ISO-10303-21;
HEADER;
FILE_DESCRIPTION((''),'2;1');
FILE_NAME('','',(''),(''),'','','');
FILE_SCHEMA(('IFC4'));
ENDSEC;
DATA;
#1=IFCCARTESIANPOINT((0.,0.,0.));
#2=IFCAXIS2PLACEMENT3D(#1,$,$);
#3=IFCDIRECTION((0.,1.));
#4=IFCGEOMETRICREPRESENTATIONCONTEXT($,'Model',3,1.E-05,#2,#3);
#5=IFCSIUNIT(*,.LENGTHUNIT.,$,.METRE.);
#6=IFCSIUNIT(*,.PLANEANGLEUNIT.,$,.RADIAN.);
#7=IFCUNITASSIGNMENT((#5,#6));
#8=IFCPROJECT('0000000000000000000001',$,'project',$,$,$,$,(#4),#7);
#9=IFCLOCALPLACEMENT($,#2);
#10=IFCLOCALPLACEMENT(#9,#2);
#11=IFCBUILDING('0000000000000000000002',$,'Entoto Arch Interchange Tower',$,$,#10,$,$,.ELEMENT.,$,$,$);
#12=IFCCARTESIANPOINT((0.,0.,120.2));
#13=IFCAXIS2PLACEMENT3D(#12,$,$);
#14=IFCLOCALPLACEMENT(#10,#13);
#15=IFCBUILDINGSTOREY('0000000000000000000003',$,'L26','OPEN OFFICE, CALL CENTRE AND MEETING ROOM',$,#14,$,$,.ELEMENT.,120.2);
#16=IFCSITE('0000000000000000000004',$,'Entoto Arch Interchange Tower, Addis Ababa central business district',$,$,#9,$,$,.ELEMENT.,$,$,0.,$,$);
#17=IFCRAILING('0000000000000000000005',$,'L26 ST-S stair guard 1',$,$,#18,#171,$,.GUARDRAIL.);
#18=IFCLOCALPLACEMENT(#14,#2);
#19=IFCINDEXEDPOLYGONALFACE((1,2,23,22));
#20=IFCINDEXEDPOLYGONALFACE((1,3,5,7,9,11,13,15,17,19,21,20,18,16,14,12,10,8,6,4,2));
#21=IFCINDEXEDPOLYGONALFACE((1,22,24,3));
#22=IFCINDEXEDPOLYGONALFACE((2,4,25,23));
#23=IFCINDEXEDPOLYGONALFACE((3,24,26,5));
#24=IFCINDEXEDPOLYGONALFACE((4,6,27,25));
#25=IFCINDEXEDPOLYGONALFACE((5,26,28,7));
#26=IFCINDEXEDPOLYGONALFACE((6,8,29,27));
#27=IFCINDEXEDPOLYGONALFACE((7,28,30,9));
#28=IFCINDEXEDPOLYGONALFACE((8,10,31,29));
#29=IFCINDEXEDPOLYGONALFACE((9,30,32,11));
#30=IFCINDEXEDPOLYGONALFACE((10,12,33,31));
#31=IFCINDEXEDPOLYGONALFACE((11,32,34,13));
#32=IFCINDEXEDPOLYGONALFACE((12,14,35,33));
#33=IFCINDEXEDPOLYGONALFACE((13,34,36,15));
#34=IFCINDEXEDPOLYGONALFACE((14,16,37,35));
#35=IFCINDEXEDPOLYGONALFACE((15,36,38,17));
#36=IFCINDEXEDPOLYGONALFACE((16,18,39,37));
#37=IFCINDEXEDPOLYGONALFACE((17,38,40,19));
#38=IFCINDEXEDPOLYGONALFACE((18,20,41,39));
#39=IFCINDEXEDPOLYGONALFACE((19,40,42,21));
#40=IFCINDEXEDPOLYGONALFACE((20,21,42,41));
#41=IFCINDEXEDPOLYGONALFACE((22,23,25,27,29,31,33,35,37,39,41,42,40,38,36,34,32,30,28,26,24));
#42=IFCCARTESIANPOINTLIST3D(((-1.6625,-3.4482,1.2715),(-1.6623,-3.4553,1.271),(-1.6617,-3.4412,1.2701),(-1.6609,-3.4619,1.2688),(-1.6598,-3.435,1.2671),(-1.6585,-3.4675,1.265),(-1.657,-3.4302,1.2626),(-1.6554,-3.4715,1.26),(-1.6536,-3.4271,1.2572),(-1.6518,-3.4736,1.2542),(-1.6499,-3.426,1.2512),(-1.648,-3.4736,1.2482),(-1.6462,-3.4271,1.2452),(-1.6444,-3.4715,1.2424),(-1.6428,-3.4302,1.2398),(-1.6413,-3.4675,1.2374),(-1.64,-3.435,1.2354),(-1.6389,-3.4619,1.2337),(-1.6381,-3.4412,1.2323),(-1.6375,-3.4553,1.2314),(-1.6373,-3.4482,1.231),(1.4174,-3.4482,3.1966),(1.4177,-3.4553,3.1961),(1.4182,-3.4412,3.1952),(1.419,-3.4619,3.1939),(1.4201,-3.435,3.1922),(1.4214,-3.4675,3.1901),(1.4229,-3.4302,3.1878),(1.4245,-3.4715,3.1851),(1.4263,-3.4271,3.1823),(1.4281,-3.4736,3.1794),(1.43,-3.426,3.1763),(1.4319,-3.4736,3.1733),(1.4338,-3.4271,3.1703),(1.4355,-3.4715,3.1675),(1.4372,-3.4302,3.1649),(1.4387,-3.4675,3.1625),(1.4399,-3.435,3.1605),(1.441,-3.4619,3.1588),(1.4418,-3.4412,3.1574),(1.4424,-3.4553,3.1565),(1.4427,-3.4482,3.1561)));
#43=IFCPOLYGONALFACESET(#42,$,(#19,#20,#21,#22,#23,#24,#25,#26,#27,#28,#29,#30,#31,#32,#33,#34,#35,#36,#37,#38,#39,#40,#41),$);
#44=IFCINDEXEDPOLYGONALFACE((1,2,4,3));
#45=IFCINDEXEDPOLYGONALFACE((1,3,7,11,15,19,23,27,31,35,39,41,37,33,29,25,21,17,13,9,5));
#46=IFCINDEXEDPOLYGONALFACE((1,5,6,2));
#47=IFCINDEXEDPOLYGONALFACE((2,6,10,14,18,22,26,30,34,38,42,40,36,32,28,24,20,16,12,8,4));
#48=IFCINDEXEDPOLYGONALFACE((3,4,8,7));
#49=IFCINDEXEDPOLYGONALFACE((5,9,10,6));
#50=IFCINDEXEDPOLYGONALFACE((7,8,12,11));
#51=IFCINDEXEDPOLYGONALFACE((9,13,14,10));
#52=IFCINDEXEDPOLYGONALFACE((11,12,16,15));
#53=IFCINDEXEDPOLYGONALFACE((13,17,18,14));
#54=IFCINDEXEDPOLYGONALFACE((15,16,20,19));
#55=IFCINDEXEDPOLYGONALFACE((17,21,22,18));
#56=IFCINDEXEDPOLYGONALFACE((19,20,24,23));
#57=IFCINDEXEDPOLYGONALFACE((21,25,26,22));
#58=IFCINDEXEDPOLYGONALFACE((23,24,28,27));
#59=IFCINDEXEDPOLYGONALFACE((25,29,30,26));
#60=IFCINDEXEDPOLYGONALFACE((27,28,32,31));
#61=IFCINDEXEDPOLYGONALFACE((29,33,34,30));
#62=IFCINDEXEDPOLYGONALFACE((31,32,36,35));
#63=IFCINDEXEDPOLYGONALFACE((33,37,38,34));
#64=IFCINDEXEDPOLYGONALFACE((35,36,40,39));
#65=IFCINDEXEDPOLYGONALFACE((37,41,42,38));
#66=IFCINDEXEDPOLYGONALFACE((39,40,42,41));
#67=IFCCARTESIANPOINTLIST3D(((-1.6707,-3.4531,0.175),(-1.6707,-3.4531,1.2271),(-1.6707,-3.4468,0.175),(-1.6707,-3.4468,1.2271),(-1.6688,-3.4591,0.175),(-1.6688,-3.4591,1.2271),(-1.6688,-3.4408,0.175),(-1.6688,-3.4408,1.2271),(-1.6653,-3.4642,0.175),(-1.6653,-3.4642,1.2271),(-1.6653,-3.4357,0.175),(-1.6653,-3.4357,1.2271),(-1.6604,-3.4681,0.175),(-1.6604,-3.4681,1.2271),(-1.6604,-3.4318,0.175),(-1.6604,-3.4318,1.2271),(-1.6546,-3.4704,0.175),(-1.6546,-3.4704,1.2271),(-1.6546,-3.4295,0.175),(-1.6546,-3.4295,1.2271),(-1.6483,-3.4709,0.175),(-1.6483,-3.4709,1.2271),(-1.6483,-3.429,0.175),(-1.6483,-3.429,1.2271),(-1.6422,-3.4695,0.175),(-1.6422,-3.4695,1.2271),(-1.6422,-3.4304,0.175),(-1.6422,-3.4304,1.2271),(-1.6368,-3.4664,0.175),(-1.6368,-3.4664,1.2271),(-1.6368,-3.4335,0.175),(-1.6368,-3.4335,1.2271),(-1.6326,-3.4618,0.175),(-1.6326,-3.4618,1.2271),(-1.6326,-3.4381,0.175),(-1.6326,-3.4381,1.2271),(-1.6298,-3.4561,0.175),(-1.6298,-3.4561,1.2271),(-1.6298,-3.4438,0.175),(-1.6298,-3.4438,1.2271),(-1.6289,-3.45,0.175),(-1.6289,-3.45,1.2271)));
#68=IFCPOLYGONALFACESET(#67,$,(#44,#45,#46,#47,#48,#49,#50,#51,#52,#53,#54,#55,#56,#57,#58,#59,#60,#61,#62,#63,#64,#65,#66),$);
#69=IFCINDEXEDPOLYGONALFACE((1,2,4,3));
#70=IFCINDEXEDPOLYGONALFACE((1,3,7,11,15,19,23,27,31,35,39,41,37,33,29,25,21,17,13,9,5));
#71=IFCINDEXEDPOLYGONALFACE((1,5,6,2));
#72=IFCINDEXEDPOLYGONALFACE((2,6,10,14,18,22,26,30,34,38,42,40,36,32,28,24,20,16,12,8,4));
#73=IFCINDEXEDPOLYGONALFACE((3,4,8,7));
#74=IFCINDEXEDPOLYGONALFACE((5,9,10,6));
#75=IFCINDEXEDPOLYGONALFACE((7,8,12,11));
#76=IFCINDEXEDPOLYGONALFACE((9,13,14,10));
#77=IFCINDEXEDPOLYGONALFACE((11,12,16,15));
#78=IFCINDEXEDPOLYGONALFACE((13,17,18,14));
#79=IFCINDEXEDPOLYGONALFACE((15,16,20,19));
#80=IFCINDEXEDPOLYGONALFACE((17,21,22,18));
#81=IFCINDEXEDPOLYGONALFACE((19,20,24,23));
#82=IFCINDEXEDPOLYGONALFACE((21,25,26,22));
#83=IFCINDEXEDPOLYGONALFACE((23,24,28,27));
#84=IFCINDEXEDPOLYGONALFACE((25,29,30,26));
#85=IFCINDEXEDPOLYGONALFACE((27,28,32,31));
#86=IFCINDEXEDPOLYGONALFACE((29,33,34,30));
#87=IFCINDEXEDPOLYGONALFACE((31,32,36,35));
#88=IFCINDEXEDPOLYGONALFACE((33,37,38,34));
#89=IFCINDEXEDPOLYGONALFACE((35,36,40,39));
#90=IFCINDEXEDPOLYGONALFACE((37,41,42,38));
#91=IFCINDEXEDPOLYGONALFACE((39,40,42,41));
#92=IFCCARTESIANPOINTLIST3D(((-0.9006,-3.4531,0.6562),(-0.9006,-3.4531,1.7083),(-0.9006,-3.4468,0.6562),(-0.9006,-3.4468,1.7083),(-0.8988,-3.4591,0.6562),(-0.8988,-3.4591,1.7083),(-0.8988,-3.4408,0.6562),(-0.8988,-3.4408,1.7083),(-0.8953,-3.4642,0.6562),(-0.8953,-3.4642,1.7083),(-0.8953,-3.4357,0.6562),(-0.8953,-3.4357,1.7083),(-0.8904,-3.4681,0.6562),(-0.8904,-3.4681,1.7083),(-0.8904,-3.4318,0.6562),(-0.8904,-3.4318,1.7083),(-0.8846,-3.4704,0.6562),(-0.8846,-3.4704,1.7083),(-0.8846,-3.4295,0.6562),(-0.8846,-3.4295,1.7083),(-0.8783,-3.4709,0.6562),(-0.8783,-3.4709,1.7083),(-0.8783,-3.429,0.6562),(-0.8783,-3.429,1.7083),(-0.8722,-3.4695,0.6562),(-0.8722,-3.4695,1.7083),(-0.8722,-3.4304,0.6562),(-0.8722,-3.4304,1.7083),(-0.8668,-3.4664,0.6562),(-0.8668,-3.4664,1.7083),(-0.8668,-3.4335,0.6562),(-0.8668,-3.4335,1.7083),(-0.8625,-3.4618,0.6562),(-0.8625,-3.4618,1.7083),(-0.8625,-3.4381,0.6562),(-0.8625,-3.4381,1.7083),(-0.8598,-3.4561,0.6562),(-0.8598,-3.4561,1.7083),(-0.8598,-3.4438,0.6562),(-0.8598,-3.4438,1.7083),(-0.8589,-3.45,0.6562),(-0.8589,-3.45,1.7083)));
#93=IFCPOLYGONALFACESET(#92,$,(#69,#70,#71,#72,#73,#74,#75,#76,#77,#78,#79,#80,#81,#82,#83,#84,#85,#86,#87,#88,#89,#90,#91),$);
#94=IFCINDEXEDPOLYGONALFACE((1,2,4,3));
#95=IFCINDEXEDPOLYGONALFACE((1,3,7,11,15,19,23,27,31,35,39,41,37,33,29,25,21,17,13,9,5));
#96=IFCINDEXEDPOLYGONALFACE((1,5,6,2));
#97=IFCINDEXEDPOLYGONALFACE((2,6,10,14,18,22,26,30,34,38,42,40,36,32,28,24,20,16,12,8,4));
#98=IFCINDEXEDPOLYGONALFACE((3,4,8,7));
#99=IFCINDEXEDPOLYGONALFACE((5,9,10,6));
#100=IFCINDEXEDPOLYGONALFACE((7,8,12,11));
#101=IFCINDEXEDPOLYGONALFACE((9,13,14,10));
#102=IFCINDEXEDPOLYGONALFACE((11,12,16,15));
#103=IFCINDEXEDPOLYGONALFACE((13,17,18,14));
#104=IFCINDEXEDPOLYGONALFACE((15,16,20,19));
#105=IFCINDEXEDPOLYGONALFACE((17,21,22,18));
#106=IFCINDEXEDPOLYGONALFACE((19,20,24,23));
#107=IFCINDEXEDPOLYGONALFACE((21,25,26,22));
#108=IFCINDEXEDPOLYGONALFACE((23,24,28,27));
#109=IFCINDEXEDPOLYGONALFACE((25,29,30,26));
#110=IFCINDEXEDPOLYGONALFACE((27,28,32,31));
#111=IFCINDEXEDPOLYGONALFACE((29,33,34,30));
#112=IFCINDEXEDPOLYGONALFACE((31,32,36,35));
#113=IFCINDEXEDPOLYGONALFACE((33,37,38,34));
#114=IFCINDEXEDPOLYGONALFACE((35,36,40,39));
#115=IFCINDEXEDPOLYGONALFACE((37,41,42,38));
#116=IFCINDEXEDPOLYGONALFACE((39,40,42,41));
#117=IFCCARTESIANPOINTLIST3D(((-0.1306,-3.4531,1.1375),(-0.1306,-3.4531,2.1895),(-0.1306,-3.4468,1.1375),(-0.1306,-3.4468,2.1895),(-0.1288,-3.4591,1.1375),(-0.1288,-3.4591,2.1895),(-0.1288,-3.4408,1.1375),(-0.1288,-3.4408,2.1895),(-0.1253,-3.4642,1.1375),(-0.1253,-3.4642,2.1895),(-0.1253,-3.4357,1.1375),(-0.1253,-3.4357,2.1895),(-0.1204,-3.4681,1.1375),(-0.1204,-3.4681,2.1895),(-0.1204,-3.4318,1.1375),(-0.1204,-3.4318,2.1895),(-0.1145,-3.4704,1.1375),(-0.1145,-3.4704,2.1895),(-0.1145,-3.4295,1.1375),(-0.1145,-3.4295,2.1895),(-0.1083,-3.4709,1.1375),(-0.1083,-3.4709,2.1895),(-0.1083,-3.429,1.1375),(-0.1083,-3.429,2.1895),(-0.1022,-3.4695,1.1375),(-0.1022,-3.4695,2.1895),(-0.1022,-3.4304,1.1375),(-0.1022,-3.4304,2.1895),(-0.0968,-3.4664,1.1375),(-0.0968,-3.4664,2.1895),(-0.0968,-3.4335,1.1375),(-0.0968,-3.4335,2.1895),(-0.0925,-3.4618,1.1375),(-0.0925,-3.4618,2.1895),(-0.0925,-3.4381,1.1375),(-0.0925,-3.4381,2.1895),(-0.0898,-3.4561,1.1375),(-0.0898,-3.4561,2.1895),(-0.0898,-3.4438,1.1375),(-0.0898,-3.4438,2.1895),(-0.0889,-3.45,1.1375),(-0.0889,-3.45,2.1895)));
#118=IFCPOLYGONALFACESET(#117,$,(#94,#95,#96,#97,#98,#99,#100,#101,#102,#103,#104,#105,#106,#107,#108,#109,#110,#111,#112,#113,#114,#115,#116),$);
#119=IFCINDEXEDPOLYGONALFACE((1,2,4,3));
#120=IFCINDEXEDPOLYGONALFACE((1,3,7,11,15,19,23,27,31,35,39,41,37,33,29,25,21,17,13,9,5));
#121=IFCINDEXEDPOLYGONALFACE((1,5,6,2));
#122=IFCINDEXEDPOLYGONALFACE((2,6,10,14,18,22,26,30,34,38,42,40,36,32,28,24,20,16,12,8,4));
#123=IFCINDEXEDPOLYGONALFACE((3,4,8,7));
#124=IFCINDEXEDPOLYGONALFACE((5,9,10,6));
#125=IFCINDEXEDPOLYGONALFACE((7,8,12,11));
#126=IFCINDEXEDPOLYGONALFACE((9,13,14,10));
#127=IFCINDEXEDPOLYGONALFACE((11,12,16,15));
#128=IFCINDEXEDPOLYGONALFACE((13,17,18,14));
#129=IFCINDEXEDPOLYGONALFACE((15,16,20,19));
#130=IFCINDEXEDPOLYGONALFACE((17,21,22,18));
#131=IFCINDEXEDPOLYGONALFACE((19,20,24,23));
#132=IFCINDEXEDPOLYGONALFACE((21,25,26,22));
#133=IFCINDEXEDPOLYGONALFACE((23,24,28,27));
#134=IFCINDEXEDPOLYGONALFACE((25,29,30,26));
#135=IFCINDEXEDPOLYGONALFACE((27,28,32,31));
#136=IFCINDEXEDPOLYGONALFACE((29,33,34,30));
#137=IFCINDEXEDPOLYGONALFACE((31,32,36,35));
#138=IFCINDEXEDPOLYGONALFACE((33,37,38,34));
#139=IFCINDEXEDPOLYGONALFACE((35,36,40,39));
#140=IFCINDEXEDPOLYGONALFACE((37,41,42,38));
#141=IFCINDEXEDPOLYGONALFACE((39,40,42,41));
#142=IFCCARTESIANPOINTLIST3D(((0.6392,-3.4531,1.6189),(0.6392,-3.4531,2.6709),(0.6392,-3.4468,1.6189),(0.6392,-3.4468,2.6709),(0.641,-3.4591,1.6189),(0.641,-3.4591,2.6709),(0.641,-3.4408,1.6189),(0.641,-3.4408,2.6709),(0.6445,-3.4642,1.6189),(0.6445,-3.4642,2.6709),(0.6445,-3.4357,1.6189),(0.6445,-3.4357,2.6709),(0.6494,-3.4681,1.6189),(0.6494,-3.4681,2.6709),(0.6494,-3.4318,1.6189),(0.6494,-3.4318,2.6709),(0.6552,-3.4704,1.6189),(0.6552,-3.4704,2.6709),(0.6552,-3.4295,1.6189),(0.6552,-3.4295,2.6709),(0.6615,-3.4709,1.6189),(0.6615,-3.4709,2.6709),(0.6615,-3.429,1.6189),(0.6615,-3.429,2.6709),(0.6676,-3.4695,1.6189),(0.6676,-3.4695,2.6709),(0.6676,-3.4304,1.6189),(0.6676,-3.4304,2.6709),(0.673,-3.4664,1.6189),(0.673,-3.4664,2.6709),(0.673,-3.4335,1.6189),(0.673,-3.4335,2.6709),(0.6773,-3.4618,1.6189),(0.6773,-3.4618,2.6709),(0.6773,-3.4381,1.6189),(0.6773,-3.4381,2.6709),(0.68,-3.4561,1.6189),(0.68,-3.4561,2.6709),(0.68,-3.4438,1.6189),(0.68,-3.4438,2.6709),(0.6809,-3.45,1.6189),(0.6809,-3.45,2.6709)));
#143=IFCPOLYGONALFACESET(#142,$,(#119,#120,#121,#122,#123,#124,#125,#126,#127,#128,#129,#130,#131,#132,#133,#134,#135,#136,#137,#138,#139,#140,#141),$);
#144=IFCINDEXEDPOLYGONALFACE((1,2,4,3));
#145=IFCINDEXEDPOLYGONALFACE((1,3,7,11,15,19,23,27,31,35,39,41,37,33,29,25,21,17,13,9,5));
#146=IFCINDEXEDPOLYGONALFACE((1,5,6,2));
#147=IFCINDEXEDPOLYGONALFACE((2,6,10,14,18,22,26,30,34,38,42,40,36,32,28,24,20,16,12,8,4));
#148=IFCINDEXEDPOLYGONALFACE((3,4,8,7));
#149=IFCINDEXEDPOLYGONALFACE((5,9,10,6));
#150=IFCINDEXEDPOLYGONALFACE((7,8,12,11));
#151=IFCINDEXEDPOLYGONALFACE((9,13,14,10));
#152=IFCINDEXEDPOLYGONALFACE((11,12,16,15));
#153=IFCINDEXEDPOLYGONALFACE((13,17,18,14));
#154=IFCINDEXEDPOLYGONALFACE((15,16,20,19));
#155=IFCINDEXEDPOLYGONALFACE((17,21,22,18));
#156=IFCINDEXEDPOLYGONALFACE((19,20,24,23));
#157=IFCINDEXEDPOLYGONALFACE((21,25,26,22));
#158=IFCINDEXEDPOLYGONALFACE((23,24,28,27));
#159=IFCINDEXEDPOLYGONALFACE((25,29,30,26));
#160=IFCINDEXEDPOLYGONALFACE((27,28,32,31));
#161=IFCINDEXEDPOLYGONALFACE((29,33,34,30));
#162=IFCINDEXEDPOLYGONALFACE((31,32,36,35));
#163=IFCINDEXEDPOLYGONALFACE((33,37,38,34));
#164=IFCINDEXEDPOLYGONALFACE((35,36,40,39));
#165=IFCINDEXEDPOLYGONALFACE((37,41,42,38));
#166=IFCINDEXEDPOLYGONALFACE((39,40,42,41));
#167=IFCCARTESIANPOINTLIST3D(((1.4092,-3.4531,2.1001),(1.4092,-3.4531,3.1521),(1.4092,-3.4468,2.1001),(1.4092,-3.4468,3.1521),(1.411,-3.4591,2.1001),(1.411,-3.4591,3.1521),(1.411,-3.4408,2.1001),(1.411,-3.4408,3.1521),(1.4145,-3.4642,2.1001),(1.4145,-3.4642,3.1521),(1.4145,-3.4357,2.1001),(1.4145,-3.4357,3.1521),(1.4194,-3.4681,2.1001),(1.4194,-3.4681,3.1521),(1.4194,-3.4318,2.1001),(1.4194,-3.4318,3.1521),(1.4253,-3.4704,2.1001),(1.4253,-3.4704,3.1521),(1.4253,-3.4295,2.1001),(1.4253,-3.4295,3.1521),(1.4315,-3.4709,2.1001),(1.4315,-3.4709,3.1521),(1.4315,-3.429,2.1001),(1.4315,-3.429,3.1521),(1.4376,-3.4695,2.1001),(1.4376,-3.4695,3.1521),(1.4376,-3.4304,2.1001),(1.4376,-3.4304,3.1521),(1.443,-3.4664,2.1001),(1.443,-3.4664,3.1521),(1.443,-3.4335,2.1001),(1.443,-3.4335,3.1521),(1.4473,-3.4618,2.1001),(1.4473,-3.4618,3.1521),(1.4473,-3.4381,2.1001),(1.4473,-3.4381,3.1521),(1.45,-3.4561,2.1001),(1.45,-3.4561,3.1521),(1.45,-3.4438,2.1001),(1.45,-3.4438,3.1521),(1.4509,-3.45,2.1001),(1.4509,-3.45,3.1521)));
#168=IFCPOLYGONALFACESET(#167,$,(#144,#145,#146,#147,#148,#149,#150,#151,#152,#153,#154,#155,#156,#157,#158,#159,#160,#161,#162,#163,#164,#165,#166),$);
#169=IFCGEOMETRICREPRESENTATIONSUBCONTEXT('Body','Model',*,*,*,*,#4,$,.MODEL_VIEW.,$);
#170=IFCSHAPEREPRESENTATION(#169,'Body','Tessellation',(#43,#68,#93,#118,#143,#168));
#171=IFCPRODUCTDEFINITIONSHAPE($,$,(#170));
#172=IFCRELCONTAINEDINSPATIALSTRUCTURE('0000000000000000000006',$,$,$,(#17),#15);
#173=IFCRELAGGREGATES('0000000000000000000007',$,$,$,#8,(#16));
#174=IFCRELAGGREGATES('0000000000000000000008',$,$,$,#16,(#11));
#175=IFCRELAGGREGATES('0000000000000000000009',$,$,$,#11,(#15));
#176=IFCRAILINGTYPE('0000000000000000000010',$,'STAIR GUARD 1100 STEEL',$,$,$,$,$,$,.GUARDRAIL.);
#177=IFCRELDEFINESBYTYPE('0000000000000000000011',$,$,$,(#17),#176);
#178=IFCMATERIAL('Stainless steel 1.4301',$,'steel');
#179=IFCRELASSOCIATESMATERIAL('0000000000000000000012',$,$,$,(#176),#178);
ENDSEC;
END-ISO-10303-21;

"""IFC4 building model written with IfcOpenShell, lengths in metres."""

from ifc_helpers import new_model, si_unit, direction, frame, origin, origin_2d, place, context, subcontext, project, spatial, circle, extrude, material, type_object, element, save


model = new_model("IFC4")

# Units and contexts
model_context = context("Model", 3, precision=1e-05, world=origin(), true_north=direction((0.0, 1.0)))
body_context = subcontext(model_context, "Body", "Model", "MODEL_VIEW")
ifc_project = project(units=[si_unit("LENGTHUNIT", "METRE"), si_unit("PLANEANGLEUNIT", "RADIAN")], contexts=[model_context])

# Site, building, storey
site_placement = place(None, origin())
site = spatial("IfcSite", under=ifc_project, at=site_placement, Name="Entoto Arch Interchange Tower, Addis Ababa central business district", CompositionType="ELEMENT", RefElevation=0.0)
building_placement = place(site_placement, origin())
building = spatial("IfcBuilding", under=site, at=building_placement, Name="Entoto Arch Interchange Tower", CompositionType="ELEMENT")
storey_placement = place(building_placement, frame((0.0, 0.0, 120.2)))
storey = spatial("IfcBuildingStorey", under=building, at=storey_placement, Name="L26", Description="OPEN OFFICE, CALL CENTRE AND MEETING ROOM", CompositionType="ELEMENT", Elevation=120.2)

# Railing
ifc_material_1 = material(Name="Stainless steel 1.4301", Category="steel")
railing_type_1 = type_object("IfcRailingType", Name="STAIR GUARD 1100 STEEL", PredefinedType="GUARDRAIL", material=ifc_material_1)
railing_1_placement = place(storey_placement, frame((-1.6499, -3.45, 0.175)))
element("IfcRailing", 1, at=railing_1_placement, inside=storey, type_object=railing_type_1, Name="L26 ST-S stair guard 1", PredefinedType="GUARDRAIL", context=body_context, shape_type="SweptSolid", body=[
    extrude(circle(Radius=0.0239, at=origin_2d()), frame((0.0, 0.0, 1.0762), z_axis=(0.847979, 0.0, 0.530029), x_axis=(0.0, 1.0, 0.0)), (0.0, 0.0, 1.0), 3.6321),
    extrude(circle(Radius=0.021, at=origin_2d()), origin(), (0.0, 0.0, 1.0), 1.052),
    extrude(circle(Radius=0.021, at=origin_2d()), frame((0.77, 0.0, 0.4812)), (0.0, 0.0, 1.0), 1.052),
    extrude(circle(Radius=0.021, at=origin_2d()), frame((1.54, 0.0, 0.9624)), (0.0, 0.0, 1.0), 1.052),
    extrude(circle(Radius=0.021, at=origin_2d()), frame((2.3098, 0.0, 1.4438)), (0.0, 0.0, 1.0), 1.052),
    extrude(circle(Radius=0.021, at=origin_2d()), frame((3.0798, 0.0, 1.925)), (0.0, 0.0, 1.0), 1.052),
])

save(model, "model.ifc")
